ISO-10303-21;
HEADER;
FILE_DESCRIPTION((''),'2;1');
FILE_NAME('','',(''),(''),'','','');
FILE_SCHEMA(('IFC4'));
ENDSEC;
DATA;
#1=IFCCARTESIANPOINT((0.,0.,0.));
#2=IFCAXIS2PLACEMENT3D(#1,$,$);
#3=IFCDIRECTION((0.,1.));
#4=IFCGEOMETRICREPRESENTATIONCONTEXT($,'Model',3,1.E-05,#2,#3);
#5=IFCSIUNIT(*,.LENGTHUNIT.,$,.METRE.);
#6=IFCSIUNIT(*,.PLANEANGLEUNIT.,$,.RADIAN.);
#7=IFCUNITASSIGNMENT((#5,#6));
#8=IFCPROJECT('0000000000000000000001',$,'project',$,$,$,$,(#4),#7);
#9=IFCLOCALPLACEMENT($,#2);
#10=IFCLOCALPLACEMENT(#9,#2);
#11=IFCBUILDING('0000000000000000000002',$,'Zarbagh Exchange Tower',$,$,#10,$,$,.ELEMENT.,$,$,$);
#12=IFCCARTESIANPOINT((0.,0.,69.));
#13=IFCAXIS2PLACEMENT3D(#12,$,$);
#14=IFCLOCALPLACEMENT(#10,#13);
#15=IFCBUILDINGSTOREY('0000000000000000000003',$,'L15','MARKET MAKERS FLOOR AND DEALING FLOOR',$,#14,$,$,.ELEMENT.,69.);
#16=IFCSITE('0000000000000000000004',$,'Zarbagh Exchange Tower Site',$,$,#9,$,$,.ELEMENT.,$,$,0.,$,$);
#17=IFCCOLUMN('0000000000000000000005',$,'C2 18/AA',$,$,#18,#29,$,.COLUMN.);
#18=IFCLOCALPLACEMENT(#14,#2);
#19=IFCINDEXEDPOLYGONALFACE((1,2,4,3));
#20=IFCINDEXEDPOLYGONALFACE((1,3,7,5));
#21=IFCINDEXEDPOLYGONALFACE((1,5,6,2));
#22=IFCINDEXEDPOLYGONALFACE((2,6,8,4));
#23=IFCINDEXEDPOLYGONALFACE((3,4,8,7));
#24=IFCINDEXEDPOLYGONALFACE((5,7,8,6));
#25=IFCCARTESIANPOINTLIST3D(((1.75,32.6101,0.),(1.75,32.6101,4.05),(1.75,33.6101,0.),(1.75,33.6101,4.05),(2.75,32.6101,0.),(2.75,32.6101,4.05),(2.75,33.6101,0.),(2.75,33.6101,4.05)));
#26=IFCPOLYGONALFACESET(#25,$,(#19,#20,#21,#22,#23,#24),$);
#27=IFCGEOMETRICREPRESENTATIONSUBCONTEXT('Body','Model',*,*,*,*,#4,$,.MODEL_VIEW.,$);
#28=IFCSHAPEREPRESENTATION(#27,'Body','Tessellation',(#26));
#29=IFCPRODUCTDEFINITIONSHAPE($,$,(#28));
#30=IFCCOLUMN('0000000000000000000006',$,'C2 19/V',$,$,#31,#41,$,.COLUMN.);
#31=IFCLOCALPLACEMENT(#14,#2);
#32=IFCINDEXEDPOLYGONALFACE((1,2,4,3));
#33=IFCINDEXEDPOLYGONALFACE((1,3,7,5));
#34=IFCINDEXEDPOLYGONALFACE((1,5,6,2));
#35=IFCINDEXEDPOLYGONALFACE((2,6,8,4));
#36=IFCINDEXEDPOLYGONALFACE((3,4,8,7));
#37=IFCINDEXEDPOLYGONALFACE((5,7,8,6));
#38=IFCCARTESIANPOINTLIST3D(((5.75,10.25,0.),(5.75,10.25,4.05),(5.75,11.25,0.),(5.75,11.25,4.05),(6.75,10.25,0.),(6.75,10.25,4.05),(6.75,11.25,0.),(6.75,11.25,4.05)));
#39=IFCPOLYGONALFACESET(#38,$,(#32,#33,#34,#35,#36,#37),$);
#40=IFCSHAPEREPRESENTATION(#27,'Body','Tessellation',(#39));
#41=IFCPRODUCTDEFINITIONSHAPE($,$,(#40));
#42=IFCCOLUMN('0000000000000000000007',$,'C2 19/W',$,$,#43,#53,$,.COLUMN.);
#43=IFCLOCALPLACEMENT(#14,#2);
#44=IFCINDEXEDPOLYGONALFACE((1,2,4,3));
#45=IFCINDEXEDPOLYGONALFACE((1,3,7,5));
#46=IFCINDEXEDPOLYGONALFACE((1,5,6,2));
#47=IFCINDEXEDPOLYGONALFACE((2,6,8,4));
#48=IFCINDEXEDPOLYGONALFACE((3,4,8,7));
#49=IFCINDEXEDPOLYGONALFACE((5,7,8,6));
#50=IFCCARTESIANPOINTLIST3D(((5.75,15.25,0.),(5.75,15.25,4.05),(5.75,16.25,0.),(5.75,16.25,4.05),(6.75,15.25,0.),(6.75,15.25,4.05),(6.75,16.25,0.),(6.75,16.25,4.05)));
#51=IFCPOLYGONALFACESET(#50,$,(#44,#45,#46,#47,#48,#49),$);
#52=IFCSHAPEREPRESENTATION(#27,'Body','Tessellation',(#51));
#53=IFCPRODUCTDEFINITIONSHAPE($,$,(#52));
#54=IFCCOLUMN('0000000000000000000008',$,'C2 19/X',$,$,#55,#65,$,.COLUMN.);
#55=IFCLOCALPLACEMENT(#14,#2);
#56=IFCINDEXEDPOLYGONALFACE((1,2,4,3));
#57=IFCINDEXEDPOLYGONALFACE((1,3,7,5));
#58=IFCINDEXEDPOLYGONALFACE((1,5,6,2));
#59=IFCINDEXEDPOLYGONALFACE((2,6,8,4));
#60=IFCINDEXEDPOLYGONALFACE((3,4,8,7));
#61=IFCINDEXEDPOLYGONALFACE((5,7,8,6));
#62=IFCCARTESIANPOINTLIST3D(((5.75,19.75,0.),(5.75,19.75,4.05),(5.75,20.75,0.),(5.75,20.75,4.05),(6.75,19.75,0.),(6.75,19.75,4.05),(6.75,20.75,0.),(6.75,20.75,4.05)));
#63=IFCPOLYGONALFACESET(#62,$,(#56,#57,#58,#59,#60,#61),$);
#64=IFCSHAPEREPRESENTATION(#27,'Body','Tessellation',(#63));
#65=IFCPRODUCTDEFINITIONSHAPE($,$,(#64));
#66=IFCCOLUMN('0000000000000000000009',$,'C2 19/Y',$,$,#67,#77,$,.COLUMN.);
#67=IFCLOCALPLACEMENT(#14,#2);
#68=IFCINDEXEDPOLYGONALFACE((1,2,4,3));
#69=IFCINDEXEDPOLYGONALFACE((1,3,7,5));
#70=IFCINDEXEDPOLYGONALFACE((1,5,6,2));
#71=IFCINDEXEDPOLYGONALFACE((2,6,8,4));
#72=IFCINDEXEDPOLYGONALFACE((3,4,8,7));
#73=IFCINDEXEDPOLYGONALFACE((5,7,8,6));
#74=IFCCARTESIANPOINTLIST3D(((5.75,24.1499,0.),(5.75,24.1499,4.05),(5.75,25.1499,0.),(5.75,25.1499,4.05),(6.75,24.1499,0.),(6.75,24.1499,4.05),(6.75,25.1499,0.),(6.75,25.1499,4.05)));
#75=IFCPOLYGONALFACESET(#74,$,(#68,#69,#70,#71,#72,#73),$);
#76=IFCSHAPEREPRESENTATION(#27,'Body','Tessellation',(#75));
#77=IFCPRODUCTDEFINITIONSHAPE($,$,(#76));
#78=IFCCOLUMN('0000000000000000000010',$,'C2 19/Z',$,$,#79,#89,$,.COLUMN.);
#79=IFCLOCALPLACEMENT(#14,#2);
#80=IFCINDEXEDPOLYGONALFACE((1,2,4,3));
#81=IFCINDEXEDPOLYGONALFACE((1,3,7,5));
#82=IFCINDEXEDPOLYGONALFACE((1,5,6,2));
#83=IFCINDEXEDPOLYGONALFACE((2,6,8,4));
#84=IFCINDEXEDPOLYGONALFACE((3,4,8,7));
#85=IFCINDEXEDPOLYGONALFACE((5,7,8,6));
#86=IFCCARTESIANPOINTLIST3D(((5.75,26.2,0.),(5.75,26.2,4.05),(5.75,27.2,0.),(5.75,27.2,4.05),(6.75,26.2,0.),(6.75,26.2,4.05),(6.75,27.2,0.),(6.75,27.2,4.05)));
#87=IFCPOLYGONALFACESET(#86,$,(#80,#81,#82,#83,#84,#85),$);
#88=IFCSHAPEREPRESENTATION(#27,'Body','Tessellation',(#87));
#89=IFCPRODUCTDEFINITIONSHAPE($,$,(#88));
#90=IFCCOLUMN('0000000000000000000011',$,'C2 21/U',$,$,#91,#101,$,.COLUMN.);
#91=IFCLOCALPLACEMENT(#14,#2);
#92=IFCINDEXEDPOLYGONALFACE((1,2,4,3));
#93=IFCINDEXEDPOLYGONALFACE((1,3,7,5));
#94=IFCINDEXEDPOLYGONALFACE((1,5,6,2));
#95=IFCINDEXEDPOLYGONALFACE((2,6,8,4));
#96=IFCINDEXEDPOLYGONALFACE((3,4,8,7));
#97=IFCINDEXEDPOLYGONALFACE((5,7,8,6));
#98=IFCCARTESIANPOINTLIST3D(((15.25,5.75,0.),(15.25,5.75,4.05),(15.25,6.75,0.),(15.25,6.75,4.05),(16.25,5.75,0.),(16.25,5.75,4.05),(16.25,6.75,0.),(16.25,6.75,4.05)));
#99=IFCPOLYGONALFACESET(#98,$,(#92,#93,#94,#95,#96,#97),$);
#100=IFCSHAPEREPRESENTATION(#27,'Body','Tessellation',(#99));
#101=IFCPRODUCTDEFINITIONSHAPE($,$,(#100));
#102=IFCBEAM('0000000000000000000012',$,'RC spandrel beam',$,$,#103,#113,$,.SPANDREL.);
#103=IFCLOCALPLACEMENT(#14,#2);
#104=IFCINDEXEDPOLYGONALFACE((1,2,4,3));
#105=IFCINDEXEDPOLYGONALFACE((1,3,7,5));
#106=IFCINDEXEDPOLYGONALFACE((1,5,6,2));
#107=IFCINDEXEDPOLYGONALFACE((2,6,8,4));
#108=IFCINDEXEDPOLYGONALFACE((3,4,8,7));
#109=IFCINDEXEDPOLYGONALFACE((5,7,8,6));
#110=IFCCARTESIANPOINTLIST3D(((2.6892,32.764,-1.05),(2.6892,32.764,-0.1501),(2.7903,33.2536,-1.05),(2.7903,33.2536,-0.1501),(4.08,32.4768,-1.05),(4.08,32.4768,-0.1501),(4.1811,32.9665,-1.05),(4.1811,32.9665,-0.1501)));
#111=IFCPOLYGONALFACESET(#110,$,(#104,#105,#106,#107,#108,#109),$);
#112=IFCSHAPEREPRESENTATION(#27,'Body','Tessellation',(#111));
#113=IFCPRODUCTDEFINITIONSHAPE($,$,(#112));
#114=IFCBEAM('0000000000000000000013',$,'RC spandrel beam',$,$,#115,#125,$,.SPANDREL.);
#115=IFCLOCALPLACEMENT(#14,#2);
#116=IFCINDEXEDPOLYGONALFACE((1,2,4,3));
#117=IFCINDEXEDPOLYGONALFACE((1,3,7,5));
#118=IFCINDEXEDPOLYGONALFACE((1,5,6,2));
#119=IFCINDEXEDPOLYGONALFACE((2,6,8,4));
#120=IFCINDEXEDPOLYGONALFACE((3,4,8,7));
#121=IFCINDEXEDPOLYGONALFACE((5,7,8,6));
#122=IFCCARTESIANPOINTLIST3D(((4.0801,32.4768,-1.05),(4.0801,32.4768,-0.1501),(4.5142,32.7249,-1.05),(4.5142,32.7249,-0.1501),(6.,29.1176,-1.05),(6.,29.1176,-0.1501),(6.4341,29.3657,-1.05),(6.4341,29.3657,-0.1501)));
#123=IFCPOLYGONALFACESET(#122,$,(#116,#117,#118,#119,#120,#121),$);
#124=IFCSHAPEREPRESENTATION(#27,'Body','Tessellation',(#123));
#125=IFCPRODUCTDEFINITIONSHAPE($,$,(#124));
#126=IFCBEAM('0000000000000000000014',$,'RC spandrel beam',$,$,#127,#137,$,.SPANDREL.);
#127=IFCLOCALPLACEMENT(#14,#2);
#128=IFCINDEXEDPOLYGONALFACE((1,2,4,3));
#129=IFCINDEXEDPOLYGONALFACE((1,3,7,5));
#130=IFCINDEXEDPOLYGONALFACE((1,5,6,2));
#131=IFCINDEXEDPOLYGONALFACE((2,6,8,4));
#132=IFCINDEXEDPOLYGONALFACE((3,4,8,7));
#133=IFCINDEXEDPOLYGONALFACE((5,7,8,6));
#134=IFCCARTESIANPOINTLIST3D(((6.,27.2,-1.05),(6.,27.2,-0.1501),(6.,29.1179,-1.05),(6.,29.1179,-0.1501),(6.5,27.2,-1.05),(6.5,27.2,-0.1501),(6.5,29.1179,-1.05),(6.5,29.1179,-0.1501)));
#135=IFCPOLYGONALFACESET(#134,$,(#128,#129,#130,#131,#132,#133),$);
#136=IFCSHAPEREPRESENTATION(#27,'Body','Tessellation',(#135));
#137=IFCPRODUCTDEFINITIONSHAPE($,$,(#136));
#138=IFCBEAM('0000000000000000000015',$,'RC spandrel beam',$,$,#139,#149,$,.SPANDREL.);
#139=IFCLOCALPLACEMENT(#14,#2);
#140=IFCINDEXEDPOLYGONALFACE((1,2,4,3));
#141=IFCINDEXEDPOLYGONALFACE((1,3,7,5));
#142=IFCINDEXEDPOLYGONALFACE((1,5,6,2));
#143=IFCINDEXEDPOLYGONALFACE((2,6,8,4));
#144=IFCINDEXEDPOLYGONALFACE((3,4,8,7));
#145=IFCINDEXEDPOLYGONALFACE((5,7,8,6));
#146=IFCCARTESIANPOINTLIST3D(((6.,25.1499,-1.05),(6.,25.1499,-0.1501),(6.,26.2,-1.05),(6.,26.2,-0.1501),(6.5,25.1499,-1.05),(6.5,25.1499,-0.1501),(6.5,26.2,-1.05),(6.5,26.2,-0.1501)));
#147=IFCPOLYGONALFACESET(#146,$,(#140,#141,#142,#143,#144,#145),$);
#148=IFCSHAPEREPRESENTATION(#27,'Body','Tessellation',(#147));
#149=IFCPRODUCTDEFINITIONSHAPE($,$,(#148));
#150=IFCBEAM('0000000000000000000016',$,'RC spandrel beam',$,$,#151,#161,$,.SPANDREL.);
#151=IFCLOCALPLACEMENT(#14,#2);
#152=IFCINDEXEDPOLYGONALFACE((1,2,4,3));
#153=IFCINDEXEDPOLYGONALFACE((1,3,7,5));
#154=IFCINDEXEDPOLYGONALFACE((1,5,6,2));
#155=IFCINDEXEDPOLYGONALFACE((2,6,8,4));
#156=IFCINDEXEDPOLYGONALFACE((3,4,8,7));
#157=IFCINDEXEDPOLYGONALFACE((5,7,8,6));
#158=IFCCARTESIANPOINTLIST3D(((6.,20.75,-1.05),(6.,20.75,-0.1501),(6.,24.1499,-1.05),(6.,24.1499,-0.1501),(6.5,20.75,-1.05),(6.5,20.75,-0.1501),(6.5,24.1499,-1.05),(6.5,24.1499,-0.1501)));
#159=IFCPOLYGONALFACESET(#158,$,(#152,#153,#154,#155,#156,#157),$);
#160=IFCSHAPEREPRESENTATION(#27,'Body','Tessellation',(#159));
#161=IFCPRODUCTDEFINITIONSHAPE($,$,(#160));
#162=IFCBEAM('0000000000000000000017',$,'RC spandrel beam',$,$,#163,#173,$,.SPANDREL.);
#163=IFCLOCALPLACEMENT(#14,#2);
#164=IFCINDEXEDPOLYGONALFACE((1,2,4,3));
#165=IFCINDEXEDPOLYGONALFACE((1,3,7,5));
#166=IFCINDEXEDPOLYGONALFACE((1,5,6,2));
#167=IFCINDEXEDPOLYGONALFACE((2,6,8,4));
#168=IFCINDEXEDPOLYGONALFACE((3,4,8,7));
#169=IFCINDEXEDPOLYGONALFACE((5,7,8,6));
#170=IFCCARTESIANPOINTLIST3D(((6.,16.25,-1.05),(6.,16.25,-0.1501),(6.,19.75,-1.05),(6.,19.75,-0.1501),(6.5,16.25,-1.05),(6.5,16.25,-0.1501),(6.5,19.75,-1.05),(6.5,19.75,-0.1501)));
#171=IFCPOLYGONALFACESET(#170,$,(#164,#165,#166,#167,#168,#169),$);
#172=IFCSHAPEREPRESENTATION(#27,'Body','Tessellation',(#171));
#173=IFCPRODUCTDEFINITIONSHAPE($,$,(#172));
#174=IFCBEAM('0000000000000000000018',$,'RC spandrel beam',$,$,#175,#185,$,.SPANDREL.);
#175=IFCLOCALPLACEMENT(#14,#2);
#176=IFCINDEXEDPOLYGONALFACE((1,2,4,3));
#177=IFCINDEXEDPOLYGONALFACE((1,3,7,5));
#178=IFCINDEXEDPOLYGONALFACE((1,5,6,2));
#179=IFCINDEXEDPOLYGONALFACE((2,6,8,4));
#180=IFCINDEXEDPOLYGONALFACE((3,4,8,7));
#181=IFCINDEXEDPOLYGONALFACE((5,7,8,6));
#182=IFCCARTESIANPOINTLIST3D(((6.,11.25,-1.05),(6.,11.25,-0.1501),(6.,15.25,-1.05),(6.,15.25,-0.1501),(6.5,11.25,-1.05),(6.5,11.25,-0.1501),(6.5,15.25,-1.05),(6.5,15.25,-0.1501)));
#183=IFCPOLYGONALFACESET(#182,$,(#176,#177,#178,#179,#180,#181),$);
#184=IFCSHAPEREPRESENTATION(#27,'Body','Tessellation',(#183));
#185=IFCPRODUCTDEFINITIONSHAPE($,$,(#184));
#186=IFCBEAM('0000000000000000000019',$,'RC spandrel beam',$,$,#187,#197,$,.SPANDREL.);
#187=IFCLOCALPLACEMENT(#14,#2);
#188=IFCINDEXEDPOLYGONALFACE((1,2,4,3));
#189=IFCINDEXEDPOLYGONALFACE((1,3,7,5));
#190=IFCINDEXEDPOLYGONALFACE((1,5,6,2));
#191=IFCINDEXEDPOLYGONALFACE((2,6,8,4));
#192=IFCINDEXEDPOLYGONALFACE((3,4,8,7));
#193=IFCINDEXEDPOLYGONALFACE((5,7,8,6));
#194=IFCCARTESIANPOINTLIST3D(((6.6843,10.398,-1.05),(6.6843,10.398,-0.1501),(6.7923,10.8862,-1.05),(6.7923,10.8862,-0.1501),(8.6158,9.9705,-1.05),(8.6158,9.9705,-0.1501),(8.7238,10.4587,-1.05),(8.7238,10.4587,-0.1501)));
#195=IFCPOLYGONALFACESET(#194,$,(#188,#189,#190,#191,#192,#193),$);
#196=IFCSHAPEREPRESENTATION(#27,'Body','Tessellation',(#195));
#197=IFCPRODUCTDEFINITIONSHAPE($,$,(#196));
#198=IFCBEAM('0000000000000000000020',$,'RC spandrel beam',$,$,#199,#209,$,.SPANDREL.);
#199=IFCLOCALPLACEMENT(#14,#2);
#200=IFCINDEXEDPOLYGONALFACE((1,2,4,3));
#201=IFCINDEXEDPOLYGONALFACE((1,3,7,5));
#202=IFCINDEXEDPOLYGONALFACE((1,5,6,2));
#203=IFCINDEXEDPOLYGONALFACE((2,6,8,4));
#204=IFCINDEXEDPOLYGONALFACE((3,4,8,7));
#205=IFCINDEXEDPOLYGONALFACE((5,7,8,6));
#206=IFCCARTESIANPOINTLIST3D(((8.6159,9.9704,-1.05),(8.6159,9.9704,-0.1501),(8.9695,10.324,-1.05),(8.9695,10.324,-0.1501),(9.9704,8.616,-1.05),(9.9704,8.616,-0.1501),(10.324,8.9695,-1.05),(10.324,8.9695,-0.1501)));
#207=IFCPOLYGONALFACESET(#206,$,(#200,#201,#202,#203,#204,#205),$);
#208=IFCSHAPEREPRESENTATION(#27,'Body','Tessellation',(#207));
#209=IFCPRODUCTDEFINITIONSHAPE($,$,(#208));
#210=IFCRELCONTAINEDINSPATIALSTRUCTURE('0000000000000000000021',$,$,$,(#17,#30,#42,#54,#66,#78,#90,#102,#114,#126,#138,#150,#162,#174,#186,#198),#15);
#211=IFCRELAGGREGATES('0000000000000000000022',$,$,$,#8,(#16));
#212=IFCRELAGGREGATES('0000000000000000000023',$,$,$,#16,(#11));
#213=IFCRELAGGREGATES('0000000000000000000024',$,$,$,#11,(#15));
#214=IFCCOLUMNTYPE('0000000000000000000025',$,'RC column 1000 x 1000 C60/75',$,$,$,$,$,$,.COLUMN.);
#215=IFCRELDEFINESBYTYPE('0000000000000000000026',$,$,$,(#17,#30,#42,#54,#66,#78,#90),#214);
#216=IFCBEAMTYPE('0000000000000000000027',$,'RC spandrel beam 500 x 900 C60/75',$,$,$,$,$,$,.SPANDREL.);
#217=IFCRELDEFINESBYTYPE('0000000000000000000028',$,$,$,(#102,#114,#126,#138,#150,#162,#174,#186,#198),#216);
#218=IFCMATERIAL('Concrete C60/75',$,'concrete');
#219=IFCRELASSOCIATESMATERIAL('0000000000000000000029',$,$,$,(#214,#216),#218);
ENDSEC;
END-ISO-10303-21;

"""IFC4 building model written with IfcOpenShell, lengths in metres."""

from ifc_helpers import new_model, si_unit, direction, frame, origin, origin_2d, place, context, subcontext, project, spatial, rectangle, extrude, material, material_profile, profile_set, type_object, element, save


model = new_model("IFC4")

# Units and contexts
model_context = context("Model", 3, precision=1e-05, world=origin(), true_north=direction((0.0, 1.0)))
body_context = subcontext(model_context, "Body", "Model", "MODEL_VIEW")
ifc_project = project(units=[si_unit("LENGTHUNIT", "METRE"), si_unit("PLANEANGLEUNIT", "RADIAN")], contexts=[model_context])

# Site, building, storey
site_placement = place(None, origin())
site = spatial("IfcSite", under=ifc_project, at=site_placement, Name="Zarbagh Exchange Tower Site", CompositionType="ELEMENT", RefElevation=0.0)
building_placement = place(site_placement, origin())
building = spatial("IfcBuilding", under=site, at=building_placement, Name="Zarbagh Exchange Tower", CompositionType="ELEMENT")
storey_placement = place(building_placement, frame((0.0, 0.0, 69.0)))
storey = spatial("IfcBuildingStorey", under=building, at=storey_placement, Name="L15", Description="MARKET MAKERS FLOOR AND DEALING FLOOR", CompositionType="ELEMENT", Elevation=69.0)

# Columns
ifc_material_1 = material(Name="Concrete C60/75", Category="concrete")
ifc_material_profile_1 = material_profile(ifc_material_1, rectangle(XDim=1.0, YDim=1.0, at=origin_2d()), Name="RC column 1000 x 1000 C60/75")
ifc_profile_set_1 = profile_set([ifc_material_profile_1], Name="Concrete C60/75")
column_type = type_object("IfcColumnType", Name="RC column 1000 x 1000 C60/75", PredefinedType="COLUMN", material=ifc_profile_set_1)
for number, where, z_axis, x_axis, name in (
    (1, (2.25, 33.1101, 0.0), (0.0, 0.0, 1.0), (1.0, 0.0, 0.0), "C2 18/AA"),
    (2, (6.25, 10.75, 0.0), (0.0, 0.0, 1.0), (1.0, 0.0, 0.0), "C2 19/V"),
    (3, (6.25, 15.75, 0.0), (0.0, 0.0, 1.0), (1.0, 0.0, 0.0), "C2 19/W"),
    (4, (6.25, 20.25, 0.0), (0.0, 0.0, 1.0), (1.0, 0.0, 0.0), "C2 19/X"),
    (5, (6.25, 24.6499, 0.0), (0.0, 0.0, 1.0), (1.0, 0.0, 0.0), "C2 19/Y"),
    (6, (6.25, 26.7, 0.0), (0.0, 0.0, 1.0), (1.0, 0.0, 0.0), "C2 19/Z"),
    (7, (15.75, 6.25, 0.0), (0.0, 0.0, 1.0), (1.0, 0.0, 0.0), "C2 21/U"),
):
    element("IfcColumn", number, at=place(storey_placement, frame(where, z_axis=z_axis, x_axis=x_axis)), inside=storey, type_object=column_type, Name=name, PredefinedType="COLUMN", context=body_context, shape_type="SweptSolid", body=[
        extrude(rectangle(XDim=1.0, YDim=1.0, at=origin_2d()), origin(), (0.0, 0.0, 1.0), 4.05),
    ])

# Beams
ifc_material_profile_2 = material_profile(ifc_material_1, rectangle(XDim=0.5, YDim=0.8999, at=origin_2d()), Name="RC spandrel beam 500 x 900 C60/75")
ifc_profile_set_2 = profile_set([ifc_material_profile_2], Name="Concrete C60/75")
beam_type = type_object("IfcBeamType", Name="RC spandrel beam 500 x 900 C60/75", PredefinedType="SPANDREL", material=ifc_profile_set_2)
beam_1_placement = place(storey_placement, frame((2.7397, 33.0088, -0.6001), z_axis=(0.979352, -0.202162, 0.0), x_axis=(0.202162, 0.979352, 0.0)))
element("IfcBeam", 8, at=beam_1_placement, inside=storey, type_object=beam_type, Name="RC spandrel beam", PredefinedType="SPANDREL", context=body_context, shape_type="SweptSolid", body=[
    extrude(rectangle(XDim=0.5, YDim=0.8999, at=origin_2d()), origin(), (0.0, 0.0, 1.0), 1.4202),
])
beam_2_placement = place(storey_placement, frame((4.2971, 32.6008, -0.6001), z_axis=(0.49622, -0.868197, 0.0), x_axis=(0.868197, 0.49622, 0.0)))
element("IfcBeam", 9, at=beam_2_placement, inside=storey, type_object=beam_type, Name="RC spandrel beam", PredefinedType="SPANDREL", context=body_context, shape_type="SweptSolid", body=[
    extrude(rectangle(XDim=0.5, YDim=0.8999, at=origin_2d()), origin(), (0.0, 0.0, 1.0), 3.8691),
])
beam_3_placement = place(storey_placement, frame((6.25, 29.1179, -0.6001), z_axis=(0.0, -1.0, 0.0), x_axis=(1.0, 0.0, 0.0)))
element("IfcBeam", 10, at=beam_3_placement, inside=storey, type_object=beam_type, Name="RC spandrel beam", PredefinedType="SPANDREL", context=body_context, shape_type="SweptSolid", body=[
    extrude(rectangle(XDim=0.5, YDim=0.8999, at=origin_2d()), origin(), (0.0, 0.0, 1.0), 1.918),
])
beam_4_placement = place(storey_placement, frame((6.25, 26.2, -0.6001), z_axis=(0.0, -1.0, 0.0), x_axis=(1.0, 0.0, 0.0)))
element("IfcBeam", 11, at=beam_4_placement, inside=storey, type_object=beam_type, Name="RC spandrel beam", PredefinedType="SPANDREL", context=body_context, shape_type="SweptSolid", body=[
    extrude(rectangle(XDim=0.5, YDim=0.8999, at=origin_2d()), origin(), (0.0, 0.0, 1.0), 1.05),
])
beam_5_placement = place(storey_placement, frame((6.25, 24.1499, -0.6001), z_axis=(0.0, -1.0, 0.0), x_axis=(1.0, 0.0, 0.0)))
element("IfcBeam", 12, at=beam_5_placement, inside=storey, type_object=beam_type, Name="RC spandrel beam", PredefinedType="SPANDREL", context=body_context, shape_type="SweptSolid", body=[
    extrude(rectangle(XDim=0.5, YDim=0.8999, at=origin_2d()), origin(), (0.0, 0.0, 1.0), 3.3999),
])
beam_6_placement = place(storey_placement, frame((6.25, 19.75, -0.6001), z_axis=(0.0, -1.0, 0.0), x_axis=(1.0, 0.0, 0.0)))
element("IfcBeam", 13, at=beam_6_placement, inside=storey, type_object=beam_type, Name="RC spandrel beam", PredefinedType="SPANDREL", context=body_context, shape_type="SweptSolid", body=[
    extrude(rectangle(XDim=0.5, YDim=0.8999, at=origin_2d()), origin(), (0.0, 0.0, 1.0), 3.5),
])
beam_7_placement = place(storey_placement, frame((6.25, 15.25, -0.6001), z_axis=(0.0, -1.0, 0.0), x_axis=(1.0, 0.0, 0.0)))
element("IfcBeam", 14, at=beam_7_placement, inside=storey, type_object=beam_type, Name="RC spandrel beam", PredefinedType="SPANDREL", context=body_context, shape_type="SweptSolid", body=[
    extrude(rectangle(XDim=0.5, YDim=0.8999, at=origin_2d()), origin(), (0.0, 0.0, 1.0), 4.0),
])
beam_8_placement = place(storey_placement, frame((6.7383, 10.6421, -0.6001), z_axis=(0.976375, -0.216081, 0.0), x_axis=(0.216081, 0.976375, 0.0)))
element("IfcBeam", 15, at=beam_8_placement, inside=storey, type_object=beam_type, Name="RC spandrel beam", PredefinedType="SPANDREL", context=body_context, shape_type="SweptSolid", body=[
    extrude(rectangle(XDim=0.5, YDim=0.8999, at=origin_2d()), origin(), (0.0, 0.0, 1.0), 1.9783),
])
beam_9_placement = place(storey_placement, frame((8.7927, 10.1472, -0.6001), z_axis=(0.707107, -0.707107, 0.0), x_axis=(0.707107, 0.707107, 0.0)))
element("IfcBeam", 16, at=beam_9_placement, inside=storey, type_object=beam_type, Name="RC spandrel beam", PredefinedType="SPANDREL", context=body_context, shape_type="SweptSolid", body=[
    extrude(rectangle(XDim=0.5, YDim=0.8999, at=origin_2d()), origin(), (0.0, 0.0, 1.0), 1.9155),
])

save(model, "model.ifc")
